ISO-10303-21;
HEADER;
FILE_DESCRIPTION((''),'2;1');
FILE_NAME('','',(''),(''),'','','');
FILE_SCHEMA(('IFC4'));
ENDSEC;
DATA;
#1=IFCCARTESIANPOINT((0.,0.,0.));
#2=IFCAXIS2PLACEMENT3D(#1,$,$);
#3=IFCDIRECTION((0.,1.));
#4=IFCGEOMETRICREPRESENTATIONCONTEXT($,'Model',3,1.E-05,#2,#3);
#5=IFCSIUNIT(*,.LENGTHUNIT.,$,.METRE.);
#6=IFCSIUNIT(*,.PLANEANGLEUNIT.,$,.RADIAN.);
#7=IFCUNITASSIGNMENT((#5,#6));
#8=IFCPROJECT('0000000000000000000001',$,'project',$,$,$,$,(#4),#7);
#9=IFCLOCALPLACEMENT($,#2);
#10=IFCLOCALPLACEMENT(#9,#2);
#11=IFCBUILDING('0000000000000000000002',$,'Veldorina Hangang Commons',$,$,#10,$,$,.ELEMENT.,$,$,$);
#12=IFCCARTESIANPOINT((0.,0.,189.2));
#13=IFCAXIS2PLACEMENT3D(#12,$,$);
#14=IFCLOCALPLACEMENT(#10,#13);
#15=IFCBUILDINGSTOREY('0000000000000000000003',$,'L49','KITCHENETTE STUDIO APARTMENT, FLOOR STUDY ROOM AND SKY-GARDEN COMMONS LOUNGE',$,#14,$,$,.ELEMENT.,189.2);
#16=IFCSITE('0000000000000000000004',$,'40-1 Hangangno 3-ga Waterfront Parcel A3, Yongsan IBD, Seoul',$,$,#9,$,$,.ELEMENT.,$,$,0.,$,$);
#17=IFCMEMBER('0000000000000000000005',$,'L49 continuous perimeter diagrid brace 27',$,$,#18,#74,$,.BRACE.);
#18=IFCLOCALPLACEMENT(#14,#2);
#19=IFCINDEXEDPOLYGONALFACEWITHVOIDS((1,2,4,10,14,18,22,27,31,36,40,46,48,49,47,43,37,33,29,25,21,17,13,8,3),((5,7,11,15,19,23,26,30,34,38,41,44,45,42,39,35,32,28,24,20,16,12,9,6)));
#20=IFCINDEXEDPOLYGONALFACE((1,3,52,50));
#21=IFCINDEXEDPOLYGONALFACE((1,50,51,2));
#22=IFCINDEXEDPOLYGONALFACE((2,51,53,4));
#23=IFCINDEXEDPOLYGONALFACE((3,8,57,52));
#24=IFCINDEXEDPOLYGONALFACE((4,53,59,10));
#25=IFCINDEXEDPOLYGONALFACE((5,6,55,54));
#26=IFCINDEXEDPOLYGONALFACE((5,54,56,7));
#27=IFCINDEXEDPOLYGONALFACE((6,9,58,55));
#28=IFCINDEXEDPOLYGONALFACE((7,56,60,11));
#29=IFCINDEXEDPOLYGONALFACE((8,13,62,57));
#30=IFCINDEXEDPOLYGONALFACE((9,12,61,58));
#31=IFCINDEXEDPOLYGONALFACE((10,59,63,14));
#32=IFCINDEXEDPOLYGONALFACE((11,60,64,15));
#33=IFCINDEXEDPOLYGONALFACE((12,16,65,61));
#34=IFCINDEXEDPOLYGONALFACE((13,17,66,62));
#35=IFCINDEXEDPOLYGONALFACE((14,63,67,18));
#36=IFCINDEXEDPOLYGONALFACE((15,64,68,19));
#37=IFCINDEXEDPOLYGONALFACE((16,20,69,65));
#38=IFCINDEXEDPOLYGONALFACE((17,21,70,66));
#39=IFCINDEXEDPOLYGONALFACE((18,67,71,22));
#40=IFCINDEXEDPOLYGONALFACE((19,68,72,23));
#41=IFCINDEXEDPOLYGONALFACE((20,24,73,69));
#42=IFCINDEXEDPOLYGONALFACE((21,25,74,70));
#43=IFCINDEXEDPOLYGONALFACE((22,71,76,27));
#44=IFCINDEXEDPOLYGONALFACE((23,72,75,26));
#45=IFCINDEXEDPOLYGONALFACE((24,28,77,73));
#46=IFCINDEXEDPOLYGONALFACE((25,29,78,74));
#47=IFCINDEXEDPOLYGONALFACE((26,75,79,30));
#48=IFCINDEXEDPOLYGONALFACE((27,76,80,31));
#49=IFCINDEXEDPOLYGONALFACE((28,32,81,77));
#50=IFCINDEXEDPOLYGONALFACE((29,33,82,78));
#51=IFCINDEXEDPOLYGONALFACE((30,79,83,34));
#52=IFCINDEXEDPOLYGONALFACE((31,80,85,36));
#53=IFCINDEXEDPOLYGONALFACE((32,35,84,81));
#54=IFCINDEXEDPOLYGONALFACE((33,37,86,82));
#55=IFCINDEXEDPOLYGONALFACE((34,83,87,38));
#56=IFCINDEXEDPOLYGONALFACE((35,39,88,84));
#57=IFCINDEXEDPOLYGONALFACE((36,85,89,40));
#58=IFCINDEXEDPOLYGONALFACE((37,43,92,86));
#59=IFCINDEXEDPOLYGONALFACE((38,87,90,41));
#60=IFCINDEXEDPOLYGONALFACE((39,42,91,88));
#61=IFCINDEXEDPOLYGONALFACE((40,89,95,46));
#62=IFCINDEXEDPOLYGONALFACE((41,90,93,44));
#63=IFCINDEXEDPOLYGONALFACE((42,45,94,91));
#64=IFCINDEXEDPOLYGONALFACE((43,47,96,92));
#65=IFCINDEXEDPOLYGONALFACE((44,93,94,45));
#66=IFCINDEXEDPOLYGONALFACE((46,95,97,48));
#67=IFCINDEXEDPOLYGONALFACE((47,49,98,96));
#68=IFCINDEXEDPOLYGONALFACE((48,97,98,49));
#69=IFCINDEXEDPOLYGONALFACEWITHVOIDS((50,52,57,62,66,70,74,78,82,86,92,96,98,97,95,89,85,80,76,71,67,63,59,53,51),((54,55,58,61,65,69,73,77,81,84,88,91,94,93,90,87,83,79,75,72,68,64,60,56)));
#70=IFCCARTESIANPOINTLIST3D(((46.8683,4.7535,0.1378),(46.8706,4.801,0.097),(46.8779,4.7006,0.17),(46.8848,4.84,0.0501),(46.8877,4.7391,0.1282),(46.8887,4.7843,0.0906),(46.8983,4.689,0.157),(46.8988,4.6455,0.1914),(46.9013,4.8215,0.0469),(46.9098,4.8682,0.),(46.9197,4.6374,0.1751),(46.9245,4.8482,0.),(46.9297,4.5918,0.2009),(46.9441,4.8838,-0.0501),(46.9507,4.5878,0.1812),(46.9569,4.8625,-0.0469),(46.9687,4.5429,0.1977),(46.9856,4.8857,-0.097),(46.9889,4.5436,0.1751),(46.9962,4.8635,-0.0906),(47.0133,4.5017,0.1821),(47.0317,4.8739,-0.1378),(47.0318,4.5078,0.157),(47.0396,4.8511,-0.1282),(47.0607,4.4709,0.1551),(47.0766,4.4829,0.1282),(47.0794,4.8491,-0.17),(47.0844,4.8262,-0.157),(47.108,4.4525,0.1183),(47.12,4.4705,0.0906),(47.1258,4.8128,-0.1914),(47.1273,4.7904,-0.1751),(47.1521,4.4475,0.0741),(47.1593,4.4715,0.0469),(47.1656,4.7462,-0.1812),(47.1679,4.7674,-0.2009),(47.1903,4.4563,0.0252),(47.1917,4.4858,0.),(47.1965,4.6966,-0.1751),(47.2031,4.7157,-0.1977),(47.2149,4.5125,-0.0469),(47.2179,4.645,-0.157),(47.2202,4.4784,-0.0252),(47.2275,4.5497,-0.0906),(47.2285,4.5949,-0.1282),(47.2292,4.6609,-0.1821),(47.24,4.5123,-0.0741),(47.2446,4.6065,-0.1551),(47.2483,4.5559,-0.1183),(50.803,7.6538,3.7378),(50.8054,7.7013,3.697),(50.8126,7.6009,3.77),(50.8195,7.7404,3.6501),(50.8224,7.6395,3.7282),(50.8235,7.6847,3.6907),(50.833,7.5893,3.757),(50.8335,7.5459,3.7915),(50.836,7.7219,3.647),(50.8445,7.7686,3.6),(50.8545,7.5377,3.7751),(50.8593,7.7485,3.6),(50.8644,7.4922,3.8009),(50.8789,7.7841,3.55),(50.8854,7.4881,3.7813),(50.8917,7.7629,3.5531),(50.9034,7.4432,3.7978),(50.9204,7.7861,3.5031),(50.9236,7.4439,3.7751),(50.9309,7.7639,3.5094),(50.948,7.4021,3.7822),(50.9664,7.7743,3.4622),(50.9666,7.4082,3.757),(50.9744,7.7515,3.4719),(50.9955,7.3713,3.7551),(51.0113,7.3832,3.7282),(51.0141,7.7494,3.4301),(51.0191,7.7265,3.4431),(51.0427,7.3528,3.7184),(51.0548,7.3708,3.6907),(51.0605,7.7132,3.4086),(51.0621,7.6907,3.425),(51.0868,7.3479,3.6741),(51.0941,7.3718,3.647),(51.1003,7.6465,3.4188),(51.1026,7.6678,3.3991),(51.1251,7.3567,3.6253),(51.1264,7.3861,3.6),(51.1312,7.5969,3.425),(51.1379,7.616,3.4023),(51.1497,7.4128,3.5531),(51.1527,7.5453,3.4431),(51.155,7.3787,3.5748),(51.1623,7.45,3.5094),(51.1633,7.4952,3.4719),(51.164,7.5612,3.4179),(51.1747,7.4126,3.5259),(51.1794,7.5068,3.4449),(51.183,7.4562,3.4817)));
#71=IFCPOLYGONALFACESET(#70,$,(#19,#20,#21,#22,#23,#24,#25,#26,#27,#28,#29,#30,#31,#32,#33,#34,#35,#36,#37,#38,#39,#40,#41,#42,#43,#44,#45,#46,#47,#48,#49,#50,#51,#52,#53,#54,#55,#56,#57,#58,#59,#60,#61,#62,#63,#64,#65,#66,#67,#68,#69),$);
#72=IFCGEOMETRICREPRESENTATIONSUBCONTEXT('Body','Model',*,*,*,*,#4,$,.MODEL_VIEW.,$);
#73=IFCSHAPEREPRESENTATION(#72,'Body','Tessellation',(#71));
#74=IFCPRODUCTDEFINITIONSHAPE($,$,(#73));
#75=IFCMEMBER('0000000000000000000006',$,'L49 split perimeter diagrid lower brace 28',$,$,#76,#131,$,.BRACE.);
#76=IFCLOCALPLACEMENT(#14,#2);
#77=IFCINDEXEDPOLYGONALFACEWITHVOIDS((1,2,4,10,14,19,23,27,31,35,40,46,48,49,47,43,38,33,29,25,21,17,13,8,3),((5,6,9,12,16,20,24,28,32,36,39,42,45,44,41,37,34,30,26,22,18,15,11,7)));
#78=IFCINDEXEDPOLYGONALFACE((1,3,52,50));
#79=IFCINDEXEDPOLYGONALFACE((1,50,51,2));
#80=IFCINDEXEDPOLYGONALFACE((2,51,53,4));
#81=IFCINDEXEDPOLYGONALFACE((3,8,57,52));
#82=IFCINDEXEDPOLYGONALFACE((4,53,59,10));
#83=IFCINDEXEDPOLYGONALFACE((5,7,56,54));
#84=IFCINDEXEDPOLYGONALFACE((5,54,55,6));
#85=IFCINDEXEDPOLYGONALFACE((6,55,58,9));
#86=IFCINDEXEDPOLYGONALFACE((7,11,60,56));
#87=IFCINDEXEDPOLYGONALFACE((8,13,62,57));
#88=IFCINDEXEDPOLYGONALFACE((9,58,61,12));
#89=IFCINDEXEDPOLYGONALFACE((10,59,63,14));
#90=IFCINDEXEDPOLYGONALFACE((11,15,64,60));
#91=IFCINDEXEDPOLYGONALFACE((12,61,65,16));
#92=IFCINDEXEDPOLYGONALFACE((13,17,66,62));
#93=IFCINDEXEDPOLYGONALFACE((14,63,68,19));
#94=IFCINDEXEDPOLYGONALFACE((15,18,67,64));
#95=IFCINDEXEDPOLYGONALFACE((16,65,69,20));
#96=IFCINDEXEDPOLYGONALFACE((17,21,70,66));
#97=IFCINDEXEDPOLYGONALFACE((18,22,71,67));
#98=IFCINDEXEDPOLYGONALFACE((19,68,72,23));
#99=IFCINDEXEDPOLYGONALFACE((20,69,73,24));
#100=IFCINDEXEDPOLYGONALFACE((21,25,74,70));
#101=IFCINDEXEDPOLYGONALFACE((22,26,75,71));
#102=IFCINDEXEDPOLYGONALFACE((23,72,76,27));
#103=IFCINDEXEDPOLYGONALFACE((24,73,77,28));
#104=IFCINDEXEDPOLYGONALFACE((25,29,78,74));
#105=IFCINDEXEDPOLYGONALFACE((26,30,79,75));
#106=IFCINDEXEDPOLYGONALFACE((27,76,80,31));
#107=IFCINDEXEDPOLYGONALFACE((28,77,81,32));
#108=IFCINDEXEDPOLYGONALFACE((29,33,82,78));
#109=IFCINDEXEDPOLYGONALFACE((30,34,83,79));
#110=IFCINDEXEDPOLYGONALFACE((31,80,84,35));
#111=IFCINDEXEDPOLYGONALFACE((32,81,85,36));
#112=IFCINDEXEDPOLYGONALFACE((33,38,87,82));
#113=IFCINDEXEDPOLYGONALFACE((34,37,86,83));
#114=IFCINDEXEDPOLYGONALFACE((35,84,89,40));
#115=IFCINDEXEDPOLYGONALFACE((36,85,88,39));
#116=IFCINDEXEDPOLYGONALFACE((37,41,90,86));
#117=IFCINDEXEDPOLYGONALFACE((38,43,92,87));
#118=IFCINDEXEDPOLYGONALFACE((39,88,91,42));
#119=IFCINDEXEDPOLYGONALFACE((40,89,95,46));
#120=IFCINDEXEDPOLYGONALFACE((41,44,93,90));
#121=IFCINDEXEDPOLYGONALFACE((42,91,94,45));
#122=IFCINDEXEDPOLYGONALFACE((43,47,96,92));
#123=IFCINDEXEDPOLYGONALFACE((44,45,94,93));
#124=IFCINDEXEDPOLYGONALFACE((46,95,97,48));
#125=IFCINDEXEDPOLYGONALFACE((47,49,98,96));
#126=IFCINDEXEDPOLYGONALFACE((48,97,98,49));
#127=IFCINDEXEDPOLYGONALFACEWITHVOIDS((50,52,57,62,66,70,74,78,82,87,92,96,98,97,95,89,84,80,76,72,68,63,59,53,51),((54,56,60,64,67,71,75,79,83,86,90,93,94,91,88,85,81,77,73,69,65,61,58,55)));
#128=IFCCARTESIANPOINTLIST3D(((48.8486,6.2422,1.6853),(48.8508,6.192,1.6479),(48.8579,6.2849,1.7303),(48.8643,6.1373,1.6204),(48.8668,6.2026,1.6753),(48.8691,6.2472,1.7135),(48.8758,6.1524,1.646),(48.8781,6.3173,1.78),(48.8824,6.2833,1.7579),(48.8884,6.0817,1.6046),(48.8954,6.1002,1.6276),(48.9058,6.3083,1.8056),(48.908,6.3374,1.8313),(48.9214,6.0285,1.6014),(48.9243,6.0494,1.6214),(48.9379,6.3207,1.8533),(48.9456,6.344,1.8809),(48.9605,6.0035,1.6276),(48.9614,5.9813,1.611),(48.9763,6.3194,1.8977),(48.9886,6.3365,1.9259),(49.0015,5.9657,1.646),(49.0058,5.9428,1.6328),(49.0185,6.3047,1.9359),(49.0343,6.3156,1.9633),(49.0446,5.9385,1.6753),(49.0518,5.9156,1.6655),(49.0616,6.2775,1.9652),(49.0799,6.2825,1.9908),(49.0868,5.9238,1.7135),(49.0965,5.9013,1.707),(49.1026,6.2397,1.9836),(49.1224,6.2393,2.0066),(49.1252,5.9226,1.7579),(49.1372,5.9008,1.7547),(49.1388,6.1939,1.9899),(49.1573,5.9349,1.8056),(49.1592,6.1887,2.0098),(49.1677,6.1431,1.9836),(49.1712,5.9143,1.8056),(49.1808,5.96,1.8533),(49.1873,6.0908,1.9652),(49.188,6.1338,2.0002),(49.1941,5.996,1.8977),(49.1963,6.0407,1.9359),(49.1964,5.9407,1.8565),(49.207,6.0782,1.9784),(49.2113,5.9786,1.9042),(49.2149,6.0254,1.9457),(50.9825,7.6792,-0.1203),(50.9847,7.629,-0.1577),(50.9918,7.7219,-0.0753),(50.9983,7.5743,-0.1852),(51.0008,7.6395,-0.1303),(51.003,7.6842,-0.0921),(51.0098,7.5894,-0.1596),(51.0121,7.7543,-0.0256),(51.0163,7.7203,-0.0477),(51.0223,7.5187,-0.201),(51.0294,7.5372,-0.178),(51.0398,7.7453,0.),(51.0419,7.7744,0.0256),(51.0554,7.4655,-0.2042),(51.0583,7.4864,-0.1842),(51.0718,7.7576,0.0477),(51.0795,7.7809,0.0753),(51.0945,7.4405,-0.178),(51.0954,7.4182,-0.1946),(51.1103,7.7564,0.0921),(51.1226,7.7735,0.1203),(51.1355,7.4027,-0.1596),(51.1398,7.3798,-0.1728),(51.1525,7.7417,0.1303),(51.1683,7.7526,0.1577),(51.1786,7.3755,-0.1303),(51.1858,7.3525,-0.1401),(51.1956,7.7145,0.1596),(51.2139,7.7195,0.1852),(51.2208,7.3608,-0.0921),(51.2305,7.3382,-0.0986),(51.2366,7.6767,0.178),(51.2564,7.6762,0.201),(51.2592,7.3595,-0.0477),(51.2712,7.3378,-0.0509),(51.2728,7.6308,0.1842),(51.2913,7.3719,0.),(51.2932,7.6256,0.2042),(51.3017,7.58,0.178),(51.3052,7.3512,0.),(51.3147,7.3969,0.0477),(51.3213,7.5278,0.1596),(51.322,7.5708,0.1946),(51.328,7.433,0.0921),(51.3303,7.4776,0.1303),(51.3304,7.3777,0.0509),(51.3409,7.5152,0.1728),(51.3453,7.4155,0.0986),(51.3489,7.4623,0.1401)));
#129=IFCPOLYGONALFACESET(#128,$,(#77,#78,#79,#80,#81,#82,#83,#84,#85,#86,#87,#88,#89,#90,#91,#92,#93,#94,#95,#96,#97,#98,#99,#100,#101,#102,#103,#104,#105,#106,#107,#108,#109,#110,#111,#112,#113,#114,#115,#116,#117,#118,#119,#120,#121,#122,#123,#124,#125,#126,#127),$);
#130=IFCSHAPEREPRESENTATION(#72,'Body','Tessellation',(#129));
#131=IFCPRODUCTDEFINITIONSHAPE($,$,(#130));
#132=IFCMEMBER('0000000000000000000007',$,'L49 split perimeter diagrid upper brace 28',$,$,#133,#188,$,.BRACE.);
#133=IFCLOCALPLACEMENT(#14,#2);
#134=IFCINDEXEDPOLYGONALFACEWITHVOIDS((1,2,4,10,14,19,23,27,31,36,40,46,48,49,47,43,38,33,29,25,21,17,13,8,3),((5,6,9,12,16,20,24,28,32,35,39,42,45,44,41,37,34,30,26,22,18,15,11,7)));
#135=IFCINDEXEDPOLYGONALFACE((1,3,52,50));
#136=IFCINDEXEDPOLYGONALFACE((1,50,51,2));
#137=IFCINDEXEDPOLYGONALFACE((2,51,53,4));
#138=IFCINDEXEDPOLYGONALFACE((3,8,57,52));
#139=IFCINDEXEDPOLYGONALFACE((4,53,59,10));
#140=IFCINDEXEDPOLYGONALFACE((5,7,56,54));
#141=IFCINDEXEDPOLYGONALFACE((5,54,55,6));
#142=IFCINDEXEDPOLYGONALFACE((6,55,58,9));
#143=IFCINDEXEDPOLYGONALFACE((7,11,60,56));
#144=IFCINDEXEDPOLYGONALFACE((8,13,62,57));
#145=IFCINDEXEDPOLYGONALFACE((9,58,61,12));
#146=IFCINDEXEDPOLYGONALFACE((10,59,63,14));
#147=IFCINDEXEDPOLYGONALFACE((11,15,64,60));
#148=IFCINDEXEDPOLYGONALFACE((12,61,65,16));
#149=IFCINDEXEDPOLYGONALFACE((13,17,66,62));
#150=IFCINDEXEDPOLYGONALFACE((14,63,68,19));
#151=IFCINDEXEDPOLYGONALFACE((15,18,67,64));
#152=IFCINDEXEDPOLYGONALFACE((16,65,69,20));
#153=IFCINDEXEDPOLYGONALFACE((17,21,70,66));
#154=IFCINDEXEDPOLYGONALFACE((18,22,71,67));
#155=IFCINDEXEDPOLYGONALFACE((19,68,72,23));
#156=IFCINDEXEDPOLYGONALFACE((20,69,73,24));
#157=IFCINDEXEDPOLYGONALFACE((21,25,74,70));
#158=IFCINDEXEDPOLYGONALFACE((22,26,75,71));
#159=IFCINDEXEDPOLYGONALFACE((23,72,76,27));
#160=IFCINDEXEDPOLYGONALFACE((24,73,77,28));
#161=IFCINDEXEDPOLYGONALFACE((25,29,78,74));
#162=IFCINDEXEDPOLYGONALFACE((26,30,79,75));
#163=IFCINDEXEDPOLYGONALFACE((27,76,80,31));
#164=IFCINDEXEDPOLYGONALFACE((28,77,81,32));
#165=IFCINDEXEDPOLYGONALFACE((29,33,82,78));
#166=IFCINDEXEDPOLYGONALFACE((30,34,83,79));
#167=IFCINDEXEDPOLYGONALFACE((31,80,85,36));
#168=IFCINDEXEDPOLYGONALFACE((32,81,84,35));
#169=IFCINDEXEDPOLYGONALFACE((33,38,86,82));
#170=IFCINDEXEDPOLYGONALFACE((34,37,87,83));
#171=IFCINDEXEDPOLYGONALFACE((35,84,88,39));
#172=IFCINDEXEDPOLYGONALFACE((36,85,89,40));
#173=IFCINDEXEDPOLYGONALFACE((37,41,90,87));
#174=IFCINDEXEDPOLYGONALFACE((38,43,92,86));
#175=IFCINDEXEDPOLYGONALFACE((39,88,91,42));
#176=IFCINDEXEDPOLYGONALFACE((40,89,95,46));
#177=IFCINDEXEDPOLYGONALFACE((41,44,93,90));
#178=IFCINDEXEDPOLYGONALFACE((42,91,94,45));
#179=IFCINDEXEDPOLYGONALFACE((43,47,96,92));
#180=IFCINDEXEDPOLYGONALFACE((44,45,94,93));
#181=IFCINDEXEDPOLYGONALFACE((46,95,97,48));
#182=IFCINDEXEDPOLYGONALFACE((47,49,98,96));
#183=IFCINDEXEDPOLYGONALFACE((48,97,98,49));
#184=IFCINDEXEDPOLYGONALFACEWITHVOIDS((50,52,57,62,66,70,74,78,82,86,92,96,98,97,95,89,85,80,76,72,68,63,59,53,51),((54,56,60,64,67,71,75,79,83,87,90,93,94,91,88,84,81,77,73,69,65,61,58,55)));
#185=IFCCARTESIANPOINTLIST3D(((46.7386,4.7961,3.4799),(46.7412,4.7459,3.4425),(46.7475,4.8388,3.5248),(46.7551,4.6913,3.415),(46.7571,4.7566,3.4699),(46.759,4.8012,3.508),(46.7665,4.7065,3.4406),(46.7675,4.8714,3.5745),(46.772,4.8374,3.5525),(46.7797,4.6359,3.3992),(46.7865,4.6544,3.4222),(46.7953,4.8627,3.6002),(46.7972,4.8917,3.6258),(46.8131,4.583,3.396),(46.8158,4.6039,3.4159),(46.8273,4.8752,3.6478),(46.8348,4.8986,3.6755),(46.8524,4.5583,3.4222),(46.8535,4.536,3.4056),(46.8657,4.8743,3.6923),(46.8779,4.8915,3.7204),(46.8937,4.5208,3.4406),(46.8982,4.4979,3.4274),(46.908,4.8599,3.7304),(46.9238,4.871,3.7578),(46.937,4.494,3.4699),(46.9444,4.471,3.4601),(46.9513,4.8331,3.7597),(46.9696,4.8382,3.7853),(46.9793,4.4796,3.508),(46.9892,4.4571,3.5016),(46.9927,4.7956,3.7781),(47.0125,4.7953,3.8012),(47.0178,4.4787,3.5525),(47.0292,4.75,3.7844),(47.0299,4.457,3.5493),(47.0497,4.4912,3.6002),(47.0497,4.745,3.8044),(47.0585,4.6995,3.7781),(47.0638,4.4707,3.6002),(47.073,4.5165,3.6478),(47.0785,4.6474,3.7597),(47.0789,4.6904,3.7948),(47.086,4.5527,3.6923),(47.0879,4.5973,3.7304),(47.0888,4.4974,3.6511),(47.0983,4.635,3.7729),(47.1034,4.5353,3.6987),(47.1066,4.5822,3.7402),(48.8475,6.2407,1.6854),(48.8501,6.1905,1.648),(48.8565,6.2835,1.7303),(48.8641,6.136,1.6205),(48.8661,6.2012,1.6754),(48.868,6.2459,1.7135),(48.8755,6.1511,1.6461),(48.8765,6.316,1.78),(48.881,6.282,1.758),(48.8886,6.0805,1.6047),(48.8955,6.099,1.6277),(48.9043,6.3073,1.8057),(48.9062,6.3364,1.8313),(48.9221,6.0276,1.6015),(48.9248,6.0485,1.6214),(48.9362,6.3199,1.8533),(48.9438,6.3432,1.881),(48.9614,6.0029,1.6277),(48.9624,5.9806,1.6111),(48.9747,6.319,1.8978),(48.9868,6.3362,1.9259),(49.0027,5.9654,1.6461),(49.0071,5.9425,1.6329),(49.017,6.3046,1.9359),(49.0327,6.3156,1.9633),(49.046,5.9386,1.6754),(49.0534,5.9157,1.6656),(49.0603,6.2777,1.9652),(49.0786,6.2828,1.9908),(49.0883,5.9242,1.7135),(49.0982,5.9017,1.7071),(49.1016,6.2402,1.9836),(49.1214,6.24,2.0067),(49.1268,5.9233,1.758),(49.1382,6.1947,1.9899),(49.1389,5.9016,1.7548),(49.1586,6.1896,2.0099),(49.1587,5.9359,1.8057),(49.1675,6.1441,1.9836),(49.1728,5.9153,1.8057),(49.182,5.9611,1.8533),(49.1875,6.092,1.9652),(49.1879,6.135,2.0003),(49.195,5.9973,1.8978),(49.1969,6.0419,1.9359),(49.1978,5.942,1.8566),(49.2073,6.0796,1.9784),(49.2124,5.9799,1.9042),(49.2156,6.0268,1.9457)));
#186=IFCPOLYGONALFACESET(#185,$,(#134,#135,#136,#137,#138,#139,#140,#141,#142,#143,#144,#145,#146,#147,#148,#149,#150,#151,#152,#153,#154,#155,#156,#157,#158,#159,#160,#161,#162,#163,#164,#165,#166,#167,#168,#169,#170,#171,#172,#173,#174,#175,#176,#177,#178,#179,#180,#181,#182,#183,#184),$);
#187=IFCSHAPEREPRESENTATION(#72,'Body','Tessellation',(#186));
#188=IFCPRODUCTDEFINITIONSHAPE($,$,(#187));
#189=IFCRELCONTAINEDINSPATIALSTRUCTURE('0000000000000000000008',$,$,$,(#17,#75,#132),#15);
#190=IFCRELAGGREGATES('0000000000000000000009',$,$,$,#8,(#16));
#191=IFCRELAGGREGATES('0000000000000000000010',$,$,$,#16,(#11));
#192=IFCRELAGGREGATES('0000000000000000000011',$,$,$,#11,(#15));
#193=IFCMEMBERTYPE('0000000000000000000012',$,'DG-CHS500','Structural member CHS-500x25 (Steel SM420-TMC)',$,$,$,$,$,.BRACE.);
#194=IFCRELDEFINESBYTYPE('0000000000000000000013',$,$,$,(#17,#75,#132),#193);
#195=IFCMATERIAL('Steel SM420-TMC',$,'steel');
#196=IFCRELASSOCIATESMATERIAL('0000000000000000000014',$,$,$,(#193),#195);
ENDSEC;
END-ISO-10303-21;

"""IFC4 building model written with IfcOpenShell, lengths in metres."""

from ifc_helpers import new_model, si_unit, direction, frame, origin, origin_2d, place, context, subcontext, project, spatial, hollow_circle, extrude, material, material_profile, profile_set, type_object, element, save


model = new_model("IFC4")

# Units and contexts
model_context = context("Model", 3, precision=1e-05, world=origin(), true_north=direction((0.0, 1.0)))
body_context = subcontext(model_context, "Body", "Model", "MODEL_VIEW")
ifc_project = project(units=[si_unit("LENGTHUNIT", "METRE"), si_unit("PLANEANGLEUNIT", "RADIAN")], contexts=[model_context])

# Site, building, storey
site_placement = place(None, origin())
site = spatial("IfcSite", under=ifc_project, at=site_placement, Name="40-1 Hangangno 3-ga Waterfront Parcel A3, Yongsan IBD, Seoul", CompositionType="ELEMENT", RefElevation=0.0)
building_placement = place(site_placement, origin())
building = spatial("IfcBuilding", under=site, at=building_placement, Name="Veldorina Hangang Commons", CompositionType="ELEMENT")
storey_placement = place(building_placement, frame((0.0, 0.0, 189.2)))
storey = spatial("IfcBuildingStorey", under=building, at=storey_placement, Name="L49", Description="KITCHENETTE STUDIO APARTMENT, FLOOR STUDY ROOM AND SKY-GARDEN COMMONS LOUNGE", CompositionType="ELEMENT", Elevation=189.2)

# Shared definitions
ifc_material_1 = material(Name="Steel SM420-TMC", Category="steel")

# Members
ifc_material_profile_1 = material_profile(ifc_material_1, hollow_circle(Radius=0.25, WallThickness=0.0249, at=origin_2d()), Name="CHS-500x25")
ifc_profile_set_1 = profile_set([ifc_material_profile_1], Name="Steel SM420-TMC")
member_type_1 = type_object("IfcMemberType", Name="DG-CHS500", Description="Structural member CHS-500x25 (Steel SM420-TMC)", PredefinedType="BRACE", material=ifc_profile_set_1)
member_1_placement = place(storey_placement, frame((47.0581, 4.667, 0.0), z_axis=(0.648144, 0.477754, 0.59301), x_axis=(-0.593339, 0.804953, 0.0)))
element("IfcMember", 1, at=member_1_placement, inside=storey, type_object=member_type_1, Name="L49 continuous perimeter diagrid brace 27", PredefinedType="BRACE", context=body_context, shape_type="SweptSolid", body=[
    extrude(hollow_circle(Radius=0.25, WallThickness=0.0249, at=origin_2d()), origin(), (0.0, 0.0, 1.0), 6.0708),
])
member_2_placement = place(storey_placement, frame((51.1655, 7.5586, 0.0), z_axis=(-0.678943, -0.457185, 0.574472), x_axis=(0.558548, -0.829472, 0.0)))
element("IfcMember", 2, at=member_2_placement, inside=storey, type_object=member_type_1, Name="L49 split perimeter diagrid lower brace 28", PredefinedType="BRACE", context=body_context, shape_type="SweptSolid", body=[
    extrude(hollow_circle(Radius=0.25, WallThickness=0.0249, at=origin_2d()), origin(), (0.0, 0.0, 1.0), 3.1431),
])
member_3_placement = place(storey_placement, frame((49.0315, 6.1216, 1.8057), z_axis=(-0.675239, -0.462536, 0.574555), x_axis=(0.565126, -0.825005, 0.0)))
element("IfcMember", 3, at=member_3_placement, inside=storey, type_object=member_type_1, Name="L49 split perimeter diagrid upper brace 28", PredefinedType="BRACE", context=body_context, shape_type="SweptSolid", body=[
    extrude(hollow_circle(Radius=0.25, WallThickness=0.0249, at=origin_2d()), origin(), (0.0, 0.0, 1.0), 3.1233),
])

save(model, "model.ifc")
